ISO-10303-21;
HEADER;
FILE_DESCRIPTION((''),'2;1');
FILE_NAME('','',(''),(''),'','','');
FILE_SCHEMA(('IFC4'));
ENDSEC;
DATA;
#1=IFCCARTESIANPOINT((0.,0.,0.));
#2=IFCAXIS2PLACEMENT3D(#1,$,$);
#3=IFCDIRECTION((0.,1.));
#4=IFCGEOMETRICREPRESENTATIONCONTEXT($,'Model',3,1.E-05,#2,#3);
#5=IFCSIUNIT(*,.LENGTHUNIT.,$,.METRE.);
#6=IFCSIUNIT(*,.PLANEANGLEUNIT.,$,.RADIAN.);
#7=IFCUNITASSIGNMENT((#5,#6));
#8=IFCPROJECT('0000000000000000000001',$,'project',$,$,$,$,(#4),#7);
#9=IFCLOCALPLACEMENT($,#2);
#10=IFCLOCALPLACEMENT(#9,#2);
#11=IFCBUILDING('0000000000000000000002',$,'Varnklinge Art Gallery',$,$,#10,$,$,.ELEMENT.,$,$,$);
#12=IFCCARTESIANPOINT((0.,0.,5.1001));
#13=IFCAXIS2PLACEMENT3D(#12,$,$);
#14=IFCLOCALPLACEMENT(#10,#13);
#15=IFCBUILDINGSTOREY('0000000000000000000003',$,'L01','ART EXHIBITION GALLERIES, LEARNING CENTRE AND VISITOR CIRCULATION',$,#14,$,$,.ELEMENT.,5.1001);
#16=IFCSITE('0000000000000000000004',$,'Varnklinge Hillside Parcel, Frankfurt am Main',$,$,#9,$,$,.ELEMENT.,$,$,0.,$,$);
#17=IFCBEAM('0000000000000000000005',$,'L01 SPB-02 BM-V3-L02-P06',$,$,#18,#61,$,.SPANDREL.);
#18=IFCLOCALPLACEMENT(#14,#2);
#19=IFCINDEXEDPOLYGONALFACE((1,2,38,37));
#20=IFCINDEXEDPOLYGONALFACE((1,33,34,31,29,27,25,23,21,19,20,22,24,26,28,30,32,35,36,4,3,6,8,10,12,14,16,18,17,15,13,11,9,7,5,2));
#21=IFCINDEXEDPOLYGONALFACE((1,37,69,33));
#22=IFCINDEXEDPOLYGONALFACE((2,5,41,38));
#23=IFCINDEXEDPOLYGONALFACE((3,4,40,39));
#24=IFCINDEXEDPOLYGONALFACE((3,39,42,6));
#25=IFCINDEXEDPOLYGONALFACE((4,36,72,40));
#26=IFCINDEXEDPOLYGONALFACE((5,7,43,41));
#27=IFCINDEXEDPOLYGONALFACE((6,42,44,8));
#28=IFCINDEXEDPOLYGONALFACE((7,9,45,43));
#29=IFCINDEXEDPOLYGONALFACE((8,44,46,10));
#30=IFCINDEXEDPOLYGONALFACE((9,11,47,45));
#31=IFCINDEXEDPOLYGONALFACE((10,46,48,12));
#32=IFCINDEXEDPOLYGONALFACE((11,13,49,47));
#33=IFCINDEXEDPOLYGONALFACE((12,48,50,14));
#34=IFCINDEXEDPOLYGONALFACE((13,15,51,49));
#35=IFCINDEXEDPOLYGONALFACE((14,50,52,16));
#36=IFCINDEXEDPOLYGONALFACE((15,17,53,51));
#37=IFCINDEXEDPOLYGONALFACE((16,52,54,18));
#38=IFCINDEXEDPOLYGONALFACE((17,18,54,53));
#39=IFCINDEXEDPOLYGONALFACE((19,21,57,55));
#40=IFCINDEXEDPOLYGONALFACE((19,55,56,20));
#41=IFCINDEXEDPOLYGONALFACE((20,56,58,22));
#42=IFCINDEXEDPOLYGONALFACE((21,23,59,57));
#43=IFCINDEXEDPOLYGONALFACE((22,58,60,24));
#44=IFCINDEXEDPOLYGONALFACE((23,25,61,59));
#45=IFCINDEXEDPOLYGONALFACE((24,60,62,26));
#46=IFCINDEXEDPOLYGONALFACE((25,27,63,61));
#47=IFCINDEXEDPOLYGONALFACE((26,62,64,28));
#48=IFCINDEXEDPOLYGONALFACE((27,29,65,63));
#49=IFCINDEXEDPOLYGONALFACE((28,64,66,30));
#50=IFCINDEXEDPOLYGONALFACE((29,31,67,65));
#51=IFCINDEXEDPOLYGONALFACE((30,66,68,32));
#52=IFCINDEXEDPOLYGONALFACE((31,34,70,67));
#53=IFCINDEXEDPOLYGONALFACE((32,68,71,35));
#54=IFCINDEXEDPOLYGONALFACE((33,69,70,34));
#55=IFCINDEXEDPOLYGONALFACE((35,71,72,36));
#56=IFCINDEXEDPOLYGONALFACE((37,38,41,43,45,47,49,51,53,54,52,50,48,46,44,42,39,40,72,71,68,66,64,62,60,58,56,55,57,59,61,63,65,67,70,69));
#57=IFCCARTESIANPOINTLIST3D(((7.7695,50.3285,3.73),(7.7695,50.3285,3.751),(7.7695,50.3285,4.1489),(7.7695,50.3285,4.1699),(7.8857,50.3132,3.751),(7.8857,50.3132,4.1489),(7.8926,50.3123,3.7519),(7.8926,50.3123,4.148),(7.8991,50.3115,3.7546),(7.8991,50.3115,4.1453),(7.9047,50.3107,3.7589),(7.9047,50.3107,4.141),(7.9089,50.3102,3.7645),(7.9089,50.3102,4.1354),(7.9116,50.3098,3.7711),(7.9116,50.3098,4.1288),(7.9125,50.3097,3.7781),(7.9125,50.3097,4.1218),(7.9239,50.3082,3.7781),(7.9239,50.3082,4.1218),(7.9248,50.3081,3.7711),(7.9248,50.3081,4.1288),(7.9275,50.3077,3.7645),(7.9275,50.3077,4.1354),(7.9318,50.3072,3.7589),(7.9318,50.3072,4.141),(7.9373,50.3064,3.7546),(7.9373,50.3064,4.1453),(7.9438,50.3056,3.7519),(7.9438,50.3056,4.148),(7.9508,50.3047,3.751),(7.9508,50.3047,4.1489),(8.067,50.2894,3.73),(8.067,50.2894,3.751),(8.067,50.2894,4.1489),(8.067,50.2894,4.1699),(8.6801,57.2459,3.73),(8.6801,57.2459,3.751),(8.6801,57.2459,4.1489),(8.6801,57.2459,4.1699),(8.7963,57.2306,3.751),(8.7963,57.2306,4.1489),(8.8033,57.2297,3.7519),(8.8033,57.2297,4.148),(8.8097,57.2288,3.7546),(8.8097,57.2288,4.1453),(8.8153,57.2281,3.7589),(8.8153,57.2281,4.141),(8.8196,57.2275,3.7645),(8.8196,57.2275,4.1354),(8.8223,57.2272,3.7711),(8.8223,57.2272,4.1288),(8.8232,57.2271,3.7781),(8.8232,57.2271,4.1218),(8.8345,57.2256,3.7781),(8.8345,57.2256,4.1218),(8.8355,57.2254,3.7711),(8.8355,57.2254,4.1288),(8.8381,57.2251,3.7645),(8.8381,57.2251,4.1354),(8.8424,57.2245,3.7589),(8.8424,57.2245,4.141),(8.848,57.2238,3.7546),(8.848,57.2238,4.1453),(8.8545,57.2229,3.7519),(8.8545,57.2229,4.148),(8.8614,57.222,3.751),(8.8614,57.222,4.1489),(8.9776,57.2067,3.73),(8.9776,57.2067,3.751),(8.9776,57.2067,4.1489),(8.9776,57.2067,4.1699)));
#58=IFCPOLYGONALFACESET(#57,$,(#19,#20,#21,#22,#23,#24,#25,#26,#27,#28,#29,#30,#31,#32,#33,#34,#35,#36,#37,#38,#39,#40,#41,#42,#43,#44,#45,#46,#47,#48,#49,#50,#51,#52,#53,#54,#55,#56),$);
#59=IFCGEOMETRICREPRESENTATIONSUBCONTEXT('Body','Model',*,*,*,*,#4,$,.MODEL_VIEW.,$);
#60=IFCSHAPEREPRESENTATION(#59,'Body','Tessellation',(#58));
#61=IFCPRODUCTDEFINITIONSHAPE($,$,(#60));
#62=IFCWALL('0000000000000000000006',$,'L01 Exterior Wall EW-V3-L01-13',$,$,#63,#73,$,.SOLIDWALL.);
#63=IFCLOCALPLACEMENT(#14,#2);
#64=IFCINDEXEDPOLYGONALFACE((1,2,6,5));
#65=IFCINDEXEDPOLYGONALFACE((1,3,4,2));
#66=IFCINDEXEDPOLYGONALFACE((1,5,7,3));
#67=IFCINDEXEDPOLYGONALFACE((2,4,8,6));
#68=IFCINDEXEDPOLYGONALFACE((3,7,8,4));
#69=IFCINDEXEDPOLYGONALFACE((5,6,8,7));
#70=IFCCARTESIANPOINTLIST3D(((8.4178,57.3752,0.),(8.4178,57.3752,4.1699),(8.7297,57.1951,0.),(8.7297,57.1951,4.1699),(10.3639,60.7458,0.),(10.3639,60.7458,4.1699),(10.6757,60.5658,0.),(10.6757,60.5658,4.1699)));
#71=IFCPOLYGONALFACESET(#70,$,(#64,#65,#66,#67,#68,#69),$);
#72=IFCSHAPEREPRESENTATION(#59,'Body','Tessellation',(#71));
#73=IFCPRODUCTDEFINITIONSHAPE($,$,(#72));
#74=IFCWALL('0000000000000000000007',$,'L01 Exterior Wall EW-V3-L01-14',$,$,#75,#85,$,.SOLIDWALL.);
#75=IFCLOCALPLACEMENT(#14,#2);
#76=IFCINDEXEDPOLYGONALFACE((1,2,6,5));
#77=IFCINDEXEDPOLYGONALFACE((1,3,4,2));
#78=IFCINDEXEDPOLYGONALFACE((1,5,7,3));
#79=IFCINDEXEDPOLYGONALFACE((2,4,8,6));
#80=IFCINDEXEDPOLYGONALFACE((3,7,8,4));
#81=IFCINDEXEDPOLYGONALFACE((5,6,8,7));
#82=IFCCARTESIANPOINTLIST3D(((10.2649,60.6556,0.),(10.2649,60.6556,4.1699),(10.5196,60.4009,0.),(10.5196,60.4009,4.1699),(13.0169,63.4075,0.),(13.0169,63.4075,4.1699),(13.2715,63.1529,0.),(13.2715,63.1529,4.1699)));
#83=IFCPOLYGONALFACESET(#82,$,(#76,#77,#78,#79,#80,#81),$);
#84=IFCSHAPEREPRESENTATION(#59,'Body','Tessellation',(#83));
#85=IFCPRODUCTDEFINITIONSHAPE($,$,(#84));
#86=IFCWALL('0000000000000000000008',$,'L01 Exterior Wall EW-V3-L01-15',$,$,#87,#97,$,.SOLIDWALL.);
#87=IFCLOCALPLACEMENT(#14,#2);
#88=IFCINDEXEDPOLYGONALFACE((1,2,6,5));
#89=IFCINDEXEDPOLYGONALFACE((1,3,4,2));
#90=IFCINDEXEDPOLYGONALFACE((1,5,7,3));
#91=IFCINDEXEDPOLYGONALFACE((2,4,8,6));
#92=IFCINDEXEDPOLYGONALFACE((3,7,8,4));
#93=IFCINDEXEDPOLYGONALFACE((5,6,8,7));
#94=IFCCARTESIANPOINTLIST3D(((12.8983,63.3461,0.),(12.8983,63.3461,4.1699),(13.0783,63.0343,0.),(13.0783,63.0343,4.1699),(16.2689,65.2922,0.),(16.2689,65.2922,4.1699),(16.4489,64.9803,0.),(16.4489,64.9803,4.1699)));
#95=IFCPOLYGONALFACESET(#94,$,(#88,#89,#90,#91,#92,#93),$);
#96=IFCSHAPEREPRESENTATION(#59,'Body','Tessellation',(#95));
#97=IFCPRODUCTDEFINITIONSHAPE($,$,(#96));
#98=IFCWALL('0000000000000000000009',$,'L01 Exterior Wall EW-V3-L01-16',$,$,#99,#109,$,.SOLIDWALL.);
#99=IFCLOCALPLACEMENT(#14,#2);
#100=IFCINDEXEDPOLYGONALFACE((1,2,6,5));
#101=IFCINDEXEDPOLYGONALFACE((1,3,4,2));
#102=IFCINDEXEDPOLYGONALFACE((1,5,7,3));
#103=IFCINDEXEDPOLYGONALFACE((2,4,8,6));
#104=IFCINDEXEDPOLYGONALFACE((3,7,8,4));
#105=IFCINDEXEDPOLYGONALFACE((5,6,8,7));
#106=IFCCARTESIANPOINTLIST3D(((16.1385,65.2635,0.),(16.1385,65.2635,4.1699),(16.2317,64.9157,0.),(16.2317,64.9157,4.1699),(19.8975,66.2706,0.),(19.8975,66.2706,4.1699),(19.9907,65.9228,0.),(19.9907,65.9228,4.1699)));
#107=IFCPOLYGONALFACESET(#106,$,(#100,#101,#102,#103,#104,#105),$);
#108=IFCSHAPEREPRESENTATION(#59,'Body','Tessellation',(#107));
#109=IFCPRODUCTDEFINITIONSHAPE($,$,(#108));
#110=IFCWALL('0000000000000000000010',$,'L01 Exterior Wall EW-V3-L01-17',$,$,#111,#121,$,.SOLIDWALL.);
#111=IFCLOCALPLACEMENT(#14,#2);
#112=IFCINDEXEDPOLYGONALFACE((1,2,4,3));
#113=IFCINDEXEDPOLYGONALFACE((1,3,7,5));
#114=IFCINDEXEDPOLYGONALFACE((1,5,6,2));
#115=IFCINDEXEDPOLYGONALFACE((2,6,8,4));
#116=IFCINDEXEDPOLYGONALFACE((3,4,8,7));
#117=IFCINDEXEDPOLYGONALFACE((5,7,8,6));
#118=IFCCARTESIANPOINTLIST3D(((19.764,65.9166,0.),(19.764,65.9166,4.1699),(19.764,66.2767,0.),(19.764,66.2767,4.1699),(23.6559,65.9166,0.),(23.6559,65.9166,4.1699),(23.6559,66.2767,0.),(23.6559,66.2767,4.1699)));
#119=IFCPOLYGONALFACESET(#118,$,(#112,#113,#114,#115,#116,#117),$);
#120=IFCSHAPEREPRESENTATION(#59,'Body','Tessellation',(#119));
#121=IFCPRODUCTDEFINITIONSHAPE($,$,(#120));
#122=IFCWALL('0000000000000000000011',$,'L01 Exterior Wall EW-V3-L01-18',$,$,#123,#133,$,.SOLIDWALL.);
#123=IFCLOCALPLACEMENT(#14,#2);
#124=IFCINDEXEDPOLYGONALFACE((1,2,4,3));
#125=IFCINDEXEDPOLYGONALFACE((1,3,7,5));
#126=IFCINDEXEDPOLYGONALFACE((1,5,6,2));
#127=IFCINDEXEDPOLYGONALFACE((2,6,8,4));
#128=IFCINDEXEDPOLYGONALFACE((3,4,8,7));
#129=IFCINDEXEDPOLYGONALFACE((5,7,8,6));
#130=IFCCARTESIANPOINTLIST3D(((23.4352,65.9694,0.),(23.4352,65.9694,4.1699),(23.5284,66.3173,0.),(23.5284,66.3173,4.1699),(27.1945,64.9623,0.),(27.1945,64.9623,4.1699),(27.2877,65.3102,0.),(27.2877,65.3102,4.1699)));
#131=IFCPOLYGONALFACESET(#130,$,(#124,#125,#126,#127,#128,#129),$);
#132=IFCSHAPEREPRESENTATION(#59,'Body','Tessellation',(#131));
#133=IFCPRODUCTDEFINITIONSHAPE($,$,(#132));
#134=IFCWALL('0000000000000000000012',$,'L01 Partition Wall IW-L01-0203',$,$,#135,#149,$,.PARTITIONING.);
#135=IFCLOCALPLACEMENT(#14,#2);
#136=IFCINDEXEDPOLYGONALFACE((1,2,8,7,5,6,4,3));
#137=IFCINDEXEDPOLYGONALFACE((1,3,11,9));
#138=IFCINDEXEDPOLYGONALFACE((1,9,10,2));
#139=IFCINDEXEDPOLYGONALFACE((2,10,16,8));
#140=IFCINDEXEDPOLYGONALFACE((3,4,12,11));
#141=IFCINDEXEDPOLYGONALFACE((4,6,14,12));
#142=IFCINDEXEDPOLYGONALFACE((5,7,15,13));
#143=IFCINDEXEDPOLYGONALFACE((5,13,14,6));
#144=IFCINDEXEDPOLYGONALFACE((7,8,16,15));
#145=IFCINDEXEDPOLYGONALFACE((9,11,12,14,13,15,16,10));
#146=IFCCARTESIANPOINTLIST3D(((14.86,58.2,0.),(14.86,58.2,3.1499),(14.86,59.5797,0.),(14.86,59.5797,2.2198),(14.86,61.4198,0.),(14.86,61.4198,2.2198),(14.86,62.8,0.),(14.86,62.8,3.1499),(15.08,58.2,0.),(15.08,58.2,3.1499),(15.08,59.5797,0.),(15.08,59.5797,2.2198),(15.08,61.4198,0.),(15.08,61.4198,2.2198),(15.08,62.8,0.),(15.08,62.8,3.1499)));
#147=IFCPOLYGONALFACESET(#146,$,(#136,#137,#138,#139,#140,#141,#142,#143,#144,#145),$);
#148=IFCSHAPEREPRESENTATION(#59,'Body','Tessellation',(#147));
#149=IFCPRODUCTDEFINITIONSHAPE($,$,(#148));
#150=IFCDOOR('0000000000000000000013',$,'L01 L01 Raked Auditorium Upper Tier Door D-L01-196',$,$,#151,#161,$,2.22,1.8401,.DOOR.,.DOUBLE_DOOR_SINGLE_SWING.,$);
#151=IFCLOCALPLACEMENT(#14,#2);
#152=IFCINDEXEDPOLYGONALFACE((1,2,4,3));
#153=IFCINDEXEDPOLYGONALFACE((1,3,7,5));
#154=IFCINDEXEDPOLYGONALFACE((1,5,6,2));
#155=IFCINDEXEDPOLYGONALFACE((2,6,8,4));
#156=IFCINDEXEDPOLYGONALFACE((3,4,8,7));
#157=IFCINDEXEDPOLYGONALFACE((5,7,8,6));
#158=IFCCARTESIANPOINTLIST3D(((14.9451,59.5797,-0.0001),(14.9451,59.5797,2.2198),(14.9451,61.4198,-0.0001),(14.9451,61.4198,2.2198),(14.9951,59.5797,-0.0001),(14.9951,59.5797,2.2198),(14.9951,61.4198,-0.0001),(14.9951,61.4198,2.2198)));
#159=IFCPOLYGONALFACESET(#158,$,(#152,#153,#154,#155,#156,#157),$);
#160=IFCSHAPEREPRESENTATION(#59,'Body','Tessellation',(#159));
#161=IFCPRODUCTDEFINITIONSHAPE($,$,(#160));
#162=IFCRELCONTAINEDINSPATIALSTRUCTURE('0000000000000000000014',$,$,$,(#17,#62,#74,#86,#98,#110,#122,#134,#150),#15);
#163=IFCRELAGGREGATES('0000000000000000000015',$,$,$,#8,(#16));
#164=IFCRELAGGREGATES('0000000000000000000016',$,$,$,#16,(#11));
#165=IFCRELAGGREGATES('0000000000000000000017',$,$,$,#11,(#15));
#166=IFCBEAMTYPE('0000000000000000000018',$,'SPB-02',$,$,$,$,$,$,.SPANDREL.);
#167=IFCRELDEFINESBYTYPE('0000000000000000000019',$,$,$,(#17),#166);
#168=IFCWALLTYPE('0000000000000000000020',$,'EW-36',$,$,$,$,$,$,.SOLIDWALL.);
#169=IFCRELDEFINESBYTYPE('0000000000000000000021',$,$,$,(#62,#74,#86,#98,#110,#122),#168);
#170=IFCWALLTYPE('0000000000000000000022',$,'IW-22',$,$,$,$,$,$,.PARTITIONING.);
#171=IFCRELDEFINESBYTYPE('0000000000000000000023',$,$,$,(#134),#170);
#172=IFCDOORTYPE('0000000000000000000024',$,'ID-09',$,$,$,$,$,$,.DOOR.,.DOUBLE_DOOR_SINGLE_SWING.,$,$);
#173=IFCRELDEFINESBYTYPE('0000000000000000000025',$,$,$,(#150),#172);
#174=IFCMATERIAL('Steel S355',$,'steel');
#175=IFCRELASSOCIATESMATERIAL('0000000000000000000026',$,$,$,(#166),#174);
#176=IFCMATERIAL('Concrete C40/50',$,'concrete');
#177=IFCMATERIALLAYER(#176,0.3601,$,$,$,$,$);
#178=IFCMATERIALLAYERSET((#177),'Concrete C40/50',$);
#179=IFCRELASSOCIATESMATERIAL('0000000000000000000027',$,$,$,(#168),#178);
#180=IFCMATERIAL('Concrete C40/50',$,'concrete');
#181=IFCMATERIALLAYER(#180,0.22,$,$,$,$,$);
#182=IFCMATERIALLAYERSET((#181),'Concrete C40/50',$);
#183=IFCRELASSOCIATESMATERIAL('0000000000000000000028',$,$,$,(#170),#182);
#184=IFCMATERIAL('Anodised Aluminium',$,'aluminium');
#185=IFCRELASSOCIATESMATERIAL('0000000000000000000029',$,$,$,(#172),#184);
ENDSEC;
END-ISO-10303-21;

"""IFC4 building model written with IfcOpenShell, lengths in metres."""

from ifc_helpers import new_model, si_unit, direction, frame, frame_2d, origin, origin_2d, place, context, subcontext, project, spatial, rectangle, i_section, extrude, material, layer, layer_set, material_profile, profile_set, type_object, element, fill, save


model = new_model("IFC4")

# Units and contexts
model_context = context("Model", 3, precision=1e-05, world=origin(), true_north=direction((0.0, 1.0)))
body_context = subcontext(model_context, "Body", "Model", "MODEL_VIEW")
ifc_project = project(units=[si_unit("LENGTHUNIT", "METRE"), si_unit("PLANEANGLEUNIT", "RADIAN")], contexts=[model_context])

# Site, building, storey
site_placement = place(None, origin())
site = spatial("IfcSite", under=ifc_project, at=site_placement, Name="Varnklinge Hillside Parcel, Frankfurt am Main", CompositionType="ELEMENT", RefElevation=0.0)
building_placement = place(site_placement, origin())
building = spatial("IfcBuilding", under=site, at=building_placement, Name="Varnklinge Art Gallery", CompositionType="ELEMENT")
storey_placement = place(building_placement, frame((0.0, 0.0, 5.1001)))
storey = spatial("IfcBuildingStorey", under=building, at=storey_placement, Name="L01", Description="ART EXHIBITION GALLERIES, LEARNING CENTRE AND VISITOR CIRCULATION", CompositionType="ELEMENT", Elevation=5.1001)

# Beam
ifc_material_1 = material(Name="Steel S355", Category="steel")
ifc_material_profile_1 = material_profile(ifc_material_1, i_section(OverallWidth=0.3, OverallDepth=0.4399, WebThickness=0.0115, FlangeThickness=0.021, FilletRadius=0.0271, at=origin_2d()), Name="HEA 450")
ifc_profile_set_1 = profile_set([ifc_material_profile_1], Name="Steel S355")
beam_type_1 = type_object("IfcBeamType", Name="SPB-02", PredefinedType="SPANDREL", material=ifc_profile_set_1)
beam_1_placement = place(storey_placement, frame((8.8289, 57.2263, 3.95), z_axis=(-0.130518, -0.991446, 0.0), x_axis=(0.991446, -0.130518, 0.0)))
element("IfcBeam", 1, at=beam_1_placement, inside=storey, type_object=beam_type_1, Name="L01 SPB-02 BM-V3-L02-P06", PredefinedType="SPANDREL", context=body_context, shape_type="SweptSolid", body=[
    extrude(i_section(OverallWidth=0.3, OverallDepth=0.4399, WebThickness=0.0115, FlangeThickness=0.021, FilletRadius=0.0271, at=origin_2d()), origin(), (0.0, 0.0, 1.0), 6.9771),
])

# Walls
ifc_material_2 = material(Name="Concrete C40/50", Category="concrete")
ifc_layer_1 = layer(ifc_material_2, 0.3601)
ifc_layer_set_1 = layer_set([ifc_layer_1], Name="Concrete C40/50")
wall_type_1 = type_object("IfcWallType", Name="EW-36", PredefinedType="SOLIDWALL", material=ifc_layer_set_1)
wall_1_placement = place(storey_placement, frame((8.5737, 57.2852, 0.0), z_axis=(0.0, 0.0, 1.0), x_axis=(0.500005, 0.866023, 0.0)))
element("IfcWall", 2, at=wall_1_placement, inside=storey, type_object=wall_type_1, Name="L01 Exterior Wall EW-V3-L01-13", PredefinedType="SOLIDWALL", context=body_context, shape_type="SweptSolid", body=[
    extrude(rectangle(XDim=3.8921, YDim=0.3601, at=frame_2d((1.946, 0.0))), origin(), (0.0, 0.0, 1.0), 4.1699),
])
wall_2_placement = place(storey_placement, frame((10.3923, 60.5283, 0.0), z_axis=(0.0, 0.0, 1.0), x_axis=(0.707107, 0.707107, 0.0)))
element("IfcWall", 3, at=wall_2_placement, inside=storey, type_object=wall_type_1, Name="L01 Exterior Wall EW-V3-L01-14", PredefinedType="SOLIDWALL", context=body_context, shape_type="SweptSolid", body=[
    extrude(rectangle(XDim=3.8918, YDim=0.3601, at=frame_2d((1.9458, 0.0))), origin(), (0.0, 0.0, 1.0), 4.1699),
])
wall_3_placement = place(storey_placement, frame((12.9883, 63.1902, 0.0), z_axis=(0.0, 0.0, 1.0), x_axis=(0.866023, 0.500005, 0.0)))
element("IfcWall", 4, at=wall_3_placement, inside=storey, type_object=wall_type_1, Name="L01 Exterior Wall EW-V3-L01-15", PredefinedType="SOLIDWALL", context=body_context, shape_type="SweptSolid", body=[
    extrude(rectangle(XDim=3.8921, YDim=0.3601, at=frame_2d((1.946, 0.0))), origin(), (0.0, 0.0, 1.0), 4.1699),
])
wall_4_placement = place(storey_placement, frame((16.1851, 65.0896, 0.0), z_axis=(0.0, 0.0, 1.0), x_axis=(0.965935, 0.258783, 0.0)))
element("IfcWall", 5, at=wall_4_placement, inside=storey, type_object=wall_type_1, Name="L01 Exterior Wall EW-V3-L01-16", PredefinedType="SOLIDWALL", context=body_context, shape_type="SweptSolid", body=[
    extrude(rectangle(XDim=3.8916, YDim=0.3601, at=frame_2d((1.9458, 0.0))), origin(), (0.0, 0.0, 1.0), 4.1699),
])
for number, where, z_axis, x_axis, name in (
    (6, (19.7642, 66.0967, 0.0), (0.0, 0.0, 1.0), (1.0, 0.0, 0.0), "L01 Exterior Wall EW-V3-L01-17"),
    (7, (23.4819, 66.1433, 0.0), (0.0, 0.0, 1.0), (0.96594, -0.258767, 0.0), "L01 Exterior Wall EW-V3-L01-18"),
):
    element("IfcWall", number, at=place(storey_placement, frame(where, z_axis=z_axis, x_axis=x_axis)), inside=storey, type_object=wall_type_1, Name=name, PredefinedType="SOLIDWALL", context=body_context, shape_type="SweptSolid", body=[
        extrude(rectangle(XDim=3.8918, YDim=0.3601, at=frame_2d((1.9458, 0.0))), origin(), (0.0, 0.0, 1.0), 4.1699),
    ])

# Wall, opening, door
ifc_material_3 = material(Name="Concrete C40/50", Category="concrete")
ifc_layer_2 = layer(ifc_material_3, 0.22)
ifc_layer_set_2 = layer_set([ifc_layer_2], Name="Concrete C40/50")
wall_type_2 = type_object("IfcWallType", Name="IW-22", PredefinedType="PARTITIONING", material=ifc_layer_set_2)
wall_5_placement = place(storey_placement, frame((14.97, 58.2, 0.0), z_axis=(0.0, 0.0, 1.0), x_axis=(0.0, 1.0, 0.0)))
wall_5 = element("IfcWall", 8, at=wall_5_placement, inside=storey, type_object=wall_type_2, Name="L01 Partition Wall IW-L01-0203", PredefinedType="PARTITIONING", context=body_context, shape_type="SweptSolid", body=[
    extrude(rectangle(XDim=4.6001, YDim=0.22, at=frame_2d((2.3, 0.0))), origin(), (0.0, 0.0, 1.0), 3.1499),
])
opening_1_placement = place(wall_5_placement, frame((1.3799, 0.0, 0.0)))
opening_1 = element("IfcOpeningElement", 9, at=opening_1_placement, cuts=wall_5, PredefinedType="OPENING", context=body_context, shape_type="SweptSolid", body=[
    extrude(rectangle(XDim=1.8401, YDim=2.22, at=frame_2d((0.9199, 1.1099))), frame((0.0, 0.1199, 0.0), z_axis=(0.0, -1.0, 0.0), x_axis=(1.0, 0.0, 0.0)), (0.0, 0.0, 1.0), 0.24),
])
ifc_material_4 = material(Name="Anodised Aluminium", Category="aluminium")
door_type_1 = type_object("IfcDoorType", Name="ID-09", OperationType="DOUBLE_DOOR_SINGLE_SWING", PredefinedType="DOOR", material=ifc_material_4)
door_1_placement = place(opening_1_placement, origin())
door_1 = element("IfcDoor", 10, at=door_1_placement, inside=storey, type_object=door_type_1, Name="L01 L01 Raked Auditorium Upper Tier Door D-L01-196", OperationType="DOUBLE_DOOR_SINGLE_SWING", OverallHeight=2.22, OverallWidth=1.8401, PredefinedType="DOOR", context=body_context, shape_type="SweptSolid", body=[
    extrude(rectangle(XDim=1.8401, YDim=2.22, at=frame_2d((0.9199, 1.1099))), frame((0.0, 0.0249, 0.0), z_axis=(0.0, -1.0, 0.0), x_axis=(1.0, 0.0, 0.0)), (0.0, 0.0, 1.0), 0.05),
])
fill(opening_1, door_1)

save(model, "model.ifc")
